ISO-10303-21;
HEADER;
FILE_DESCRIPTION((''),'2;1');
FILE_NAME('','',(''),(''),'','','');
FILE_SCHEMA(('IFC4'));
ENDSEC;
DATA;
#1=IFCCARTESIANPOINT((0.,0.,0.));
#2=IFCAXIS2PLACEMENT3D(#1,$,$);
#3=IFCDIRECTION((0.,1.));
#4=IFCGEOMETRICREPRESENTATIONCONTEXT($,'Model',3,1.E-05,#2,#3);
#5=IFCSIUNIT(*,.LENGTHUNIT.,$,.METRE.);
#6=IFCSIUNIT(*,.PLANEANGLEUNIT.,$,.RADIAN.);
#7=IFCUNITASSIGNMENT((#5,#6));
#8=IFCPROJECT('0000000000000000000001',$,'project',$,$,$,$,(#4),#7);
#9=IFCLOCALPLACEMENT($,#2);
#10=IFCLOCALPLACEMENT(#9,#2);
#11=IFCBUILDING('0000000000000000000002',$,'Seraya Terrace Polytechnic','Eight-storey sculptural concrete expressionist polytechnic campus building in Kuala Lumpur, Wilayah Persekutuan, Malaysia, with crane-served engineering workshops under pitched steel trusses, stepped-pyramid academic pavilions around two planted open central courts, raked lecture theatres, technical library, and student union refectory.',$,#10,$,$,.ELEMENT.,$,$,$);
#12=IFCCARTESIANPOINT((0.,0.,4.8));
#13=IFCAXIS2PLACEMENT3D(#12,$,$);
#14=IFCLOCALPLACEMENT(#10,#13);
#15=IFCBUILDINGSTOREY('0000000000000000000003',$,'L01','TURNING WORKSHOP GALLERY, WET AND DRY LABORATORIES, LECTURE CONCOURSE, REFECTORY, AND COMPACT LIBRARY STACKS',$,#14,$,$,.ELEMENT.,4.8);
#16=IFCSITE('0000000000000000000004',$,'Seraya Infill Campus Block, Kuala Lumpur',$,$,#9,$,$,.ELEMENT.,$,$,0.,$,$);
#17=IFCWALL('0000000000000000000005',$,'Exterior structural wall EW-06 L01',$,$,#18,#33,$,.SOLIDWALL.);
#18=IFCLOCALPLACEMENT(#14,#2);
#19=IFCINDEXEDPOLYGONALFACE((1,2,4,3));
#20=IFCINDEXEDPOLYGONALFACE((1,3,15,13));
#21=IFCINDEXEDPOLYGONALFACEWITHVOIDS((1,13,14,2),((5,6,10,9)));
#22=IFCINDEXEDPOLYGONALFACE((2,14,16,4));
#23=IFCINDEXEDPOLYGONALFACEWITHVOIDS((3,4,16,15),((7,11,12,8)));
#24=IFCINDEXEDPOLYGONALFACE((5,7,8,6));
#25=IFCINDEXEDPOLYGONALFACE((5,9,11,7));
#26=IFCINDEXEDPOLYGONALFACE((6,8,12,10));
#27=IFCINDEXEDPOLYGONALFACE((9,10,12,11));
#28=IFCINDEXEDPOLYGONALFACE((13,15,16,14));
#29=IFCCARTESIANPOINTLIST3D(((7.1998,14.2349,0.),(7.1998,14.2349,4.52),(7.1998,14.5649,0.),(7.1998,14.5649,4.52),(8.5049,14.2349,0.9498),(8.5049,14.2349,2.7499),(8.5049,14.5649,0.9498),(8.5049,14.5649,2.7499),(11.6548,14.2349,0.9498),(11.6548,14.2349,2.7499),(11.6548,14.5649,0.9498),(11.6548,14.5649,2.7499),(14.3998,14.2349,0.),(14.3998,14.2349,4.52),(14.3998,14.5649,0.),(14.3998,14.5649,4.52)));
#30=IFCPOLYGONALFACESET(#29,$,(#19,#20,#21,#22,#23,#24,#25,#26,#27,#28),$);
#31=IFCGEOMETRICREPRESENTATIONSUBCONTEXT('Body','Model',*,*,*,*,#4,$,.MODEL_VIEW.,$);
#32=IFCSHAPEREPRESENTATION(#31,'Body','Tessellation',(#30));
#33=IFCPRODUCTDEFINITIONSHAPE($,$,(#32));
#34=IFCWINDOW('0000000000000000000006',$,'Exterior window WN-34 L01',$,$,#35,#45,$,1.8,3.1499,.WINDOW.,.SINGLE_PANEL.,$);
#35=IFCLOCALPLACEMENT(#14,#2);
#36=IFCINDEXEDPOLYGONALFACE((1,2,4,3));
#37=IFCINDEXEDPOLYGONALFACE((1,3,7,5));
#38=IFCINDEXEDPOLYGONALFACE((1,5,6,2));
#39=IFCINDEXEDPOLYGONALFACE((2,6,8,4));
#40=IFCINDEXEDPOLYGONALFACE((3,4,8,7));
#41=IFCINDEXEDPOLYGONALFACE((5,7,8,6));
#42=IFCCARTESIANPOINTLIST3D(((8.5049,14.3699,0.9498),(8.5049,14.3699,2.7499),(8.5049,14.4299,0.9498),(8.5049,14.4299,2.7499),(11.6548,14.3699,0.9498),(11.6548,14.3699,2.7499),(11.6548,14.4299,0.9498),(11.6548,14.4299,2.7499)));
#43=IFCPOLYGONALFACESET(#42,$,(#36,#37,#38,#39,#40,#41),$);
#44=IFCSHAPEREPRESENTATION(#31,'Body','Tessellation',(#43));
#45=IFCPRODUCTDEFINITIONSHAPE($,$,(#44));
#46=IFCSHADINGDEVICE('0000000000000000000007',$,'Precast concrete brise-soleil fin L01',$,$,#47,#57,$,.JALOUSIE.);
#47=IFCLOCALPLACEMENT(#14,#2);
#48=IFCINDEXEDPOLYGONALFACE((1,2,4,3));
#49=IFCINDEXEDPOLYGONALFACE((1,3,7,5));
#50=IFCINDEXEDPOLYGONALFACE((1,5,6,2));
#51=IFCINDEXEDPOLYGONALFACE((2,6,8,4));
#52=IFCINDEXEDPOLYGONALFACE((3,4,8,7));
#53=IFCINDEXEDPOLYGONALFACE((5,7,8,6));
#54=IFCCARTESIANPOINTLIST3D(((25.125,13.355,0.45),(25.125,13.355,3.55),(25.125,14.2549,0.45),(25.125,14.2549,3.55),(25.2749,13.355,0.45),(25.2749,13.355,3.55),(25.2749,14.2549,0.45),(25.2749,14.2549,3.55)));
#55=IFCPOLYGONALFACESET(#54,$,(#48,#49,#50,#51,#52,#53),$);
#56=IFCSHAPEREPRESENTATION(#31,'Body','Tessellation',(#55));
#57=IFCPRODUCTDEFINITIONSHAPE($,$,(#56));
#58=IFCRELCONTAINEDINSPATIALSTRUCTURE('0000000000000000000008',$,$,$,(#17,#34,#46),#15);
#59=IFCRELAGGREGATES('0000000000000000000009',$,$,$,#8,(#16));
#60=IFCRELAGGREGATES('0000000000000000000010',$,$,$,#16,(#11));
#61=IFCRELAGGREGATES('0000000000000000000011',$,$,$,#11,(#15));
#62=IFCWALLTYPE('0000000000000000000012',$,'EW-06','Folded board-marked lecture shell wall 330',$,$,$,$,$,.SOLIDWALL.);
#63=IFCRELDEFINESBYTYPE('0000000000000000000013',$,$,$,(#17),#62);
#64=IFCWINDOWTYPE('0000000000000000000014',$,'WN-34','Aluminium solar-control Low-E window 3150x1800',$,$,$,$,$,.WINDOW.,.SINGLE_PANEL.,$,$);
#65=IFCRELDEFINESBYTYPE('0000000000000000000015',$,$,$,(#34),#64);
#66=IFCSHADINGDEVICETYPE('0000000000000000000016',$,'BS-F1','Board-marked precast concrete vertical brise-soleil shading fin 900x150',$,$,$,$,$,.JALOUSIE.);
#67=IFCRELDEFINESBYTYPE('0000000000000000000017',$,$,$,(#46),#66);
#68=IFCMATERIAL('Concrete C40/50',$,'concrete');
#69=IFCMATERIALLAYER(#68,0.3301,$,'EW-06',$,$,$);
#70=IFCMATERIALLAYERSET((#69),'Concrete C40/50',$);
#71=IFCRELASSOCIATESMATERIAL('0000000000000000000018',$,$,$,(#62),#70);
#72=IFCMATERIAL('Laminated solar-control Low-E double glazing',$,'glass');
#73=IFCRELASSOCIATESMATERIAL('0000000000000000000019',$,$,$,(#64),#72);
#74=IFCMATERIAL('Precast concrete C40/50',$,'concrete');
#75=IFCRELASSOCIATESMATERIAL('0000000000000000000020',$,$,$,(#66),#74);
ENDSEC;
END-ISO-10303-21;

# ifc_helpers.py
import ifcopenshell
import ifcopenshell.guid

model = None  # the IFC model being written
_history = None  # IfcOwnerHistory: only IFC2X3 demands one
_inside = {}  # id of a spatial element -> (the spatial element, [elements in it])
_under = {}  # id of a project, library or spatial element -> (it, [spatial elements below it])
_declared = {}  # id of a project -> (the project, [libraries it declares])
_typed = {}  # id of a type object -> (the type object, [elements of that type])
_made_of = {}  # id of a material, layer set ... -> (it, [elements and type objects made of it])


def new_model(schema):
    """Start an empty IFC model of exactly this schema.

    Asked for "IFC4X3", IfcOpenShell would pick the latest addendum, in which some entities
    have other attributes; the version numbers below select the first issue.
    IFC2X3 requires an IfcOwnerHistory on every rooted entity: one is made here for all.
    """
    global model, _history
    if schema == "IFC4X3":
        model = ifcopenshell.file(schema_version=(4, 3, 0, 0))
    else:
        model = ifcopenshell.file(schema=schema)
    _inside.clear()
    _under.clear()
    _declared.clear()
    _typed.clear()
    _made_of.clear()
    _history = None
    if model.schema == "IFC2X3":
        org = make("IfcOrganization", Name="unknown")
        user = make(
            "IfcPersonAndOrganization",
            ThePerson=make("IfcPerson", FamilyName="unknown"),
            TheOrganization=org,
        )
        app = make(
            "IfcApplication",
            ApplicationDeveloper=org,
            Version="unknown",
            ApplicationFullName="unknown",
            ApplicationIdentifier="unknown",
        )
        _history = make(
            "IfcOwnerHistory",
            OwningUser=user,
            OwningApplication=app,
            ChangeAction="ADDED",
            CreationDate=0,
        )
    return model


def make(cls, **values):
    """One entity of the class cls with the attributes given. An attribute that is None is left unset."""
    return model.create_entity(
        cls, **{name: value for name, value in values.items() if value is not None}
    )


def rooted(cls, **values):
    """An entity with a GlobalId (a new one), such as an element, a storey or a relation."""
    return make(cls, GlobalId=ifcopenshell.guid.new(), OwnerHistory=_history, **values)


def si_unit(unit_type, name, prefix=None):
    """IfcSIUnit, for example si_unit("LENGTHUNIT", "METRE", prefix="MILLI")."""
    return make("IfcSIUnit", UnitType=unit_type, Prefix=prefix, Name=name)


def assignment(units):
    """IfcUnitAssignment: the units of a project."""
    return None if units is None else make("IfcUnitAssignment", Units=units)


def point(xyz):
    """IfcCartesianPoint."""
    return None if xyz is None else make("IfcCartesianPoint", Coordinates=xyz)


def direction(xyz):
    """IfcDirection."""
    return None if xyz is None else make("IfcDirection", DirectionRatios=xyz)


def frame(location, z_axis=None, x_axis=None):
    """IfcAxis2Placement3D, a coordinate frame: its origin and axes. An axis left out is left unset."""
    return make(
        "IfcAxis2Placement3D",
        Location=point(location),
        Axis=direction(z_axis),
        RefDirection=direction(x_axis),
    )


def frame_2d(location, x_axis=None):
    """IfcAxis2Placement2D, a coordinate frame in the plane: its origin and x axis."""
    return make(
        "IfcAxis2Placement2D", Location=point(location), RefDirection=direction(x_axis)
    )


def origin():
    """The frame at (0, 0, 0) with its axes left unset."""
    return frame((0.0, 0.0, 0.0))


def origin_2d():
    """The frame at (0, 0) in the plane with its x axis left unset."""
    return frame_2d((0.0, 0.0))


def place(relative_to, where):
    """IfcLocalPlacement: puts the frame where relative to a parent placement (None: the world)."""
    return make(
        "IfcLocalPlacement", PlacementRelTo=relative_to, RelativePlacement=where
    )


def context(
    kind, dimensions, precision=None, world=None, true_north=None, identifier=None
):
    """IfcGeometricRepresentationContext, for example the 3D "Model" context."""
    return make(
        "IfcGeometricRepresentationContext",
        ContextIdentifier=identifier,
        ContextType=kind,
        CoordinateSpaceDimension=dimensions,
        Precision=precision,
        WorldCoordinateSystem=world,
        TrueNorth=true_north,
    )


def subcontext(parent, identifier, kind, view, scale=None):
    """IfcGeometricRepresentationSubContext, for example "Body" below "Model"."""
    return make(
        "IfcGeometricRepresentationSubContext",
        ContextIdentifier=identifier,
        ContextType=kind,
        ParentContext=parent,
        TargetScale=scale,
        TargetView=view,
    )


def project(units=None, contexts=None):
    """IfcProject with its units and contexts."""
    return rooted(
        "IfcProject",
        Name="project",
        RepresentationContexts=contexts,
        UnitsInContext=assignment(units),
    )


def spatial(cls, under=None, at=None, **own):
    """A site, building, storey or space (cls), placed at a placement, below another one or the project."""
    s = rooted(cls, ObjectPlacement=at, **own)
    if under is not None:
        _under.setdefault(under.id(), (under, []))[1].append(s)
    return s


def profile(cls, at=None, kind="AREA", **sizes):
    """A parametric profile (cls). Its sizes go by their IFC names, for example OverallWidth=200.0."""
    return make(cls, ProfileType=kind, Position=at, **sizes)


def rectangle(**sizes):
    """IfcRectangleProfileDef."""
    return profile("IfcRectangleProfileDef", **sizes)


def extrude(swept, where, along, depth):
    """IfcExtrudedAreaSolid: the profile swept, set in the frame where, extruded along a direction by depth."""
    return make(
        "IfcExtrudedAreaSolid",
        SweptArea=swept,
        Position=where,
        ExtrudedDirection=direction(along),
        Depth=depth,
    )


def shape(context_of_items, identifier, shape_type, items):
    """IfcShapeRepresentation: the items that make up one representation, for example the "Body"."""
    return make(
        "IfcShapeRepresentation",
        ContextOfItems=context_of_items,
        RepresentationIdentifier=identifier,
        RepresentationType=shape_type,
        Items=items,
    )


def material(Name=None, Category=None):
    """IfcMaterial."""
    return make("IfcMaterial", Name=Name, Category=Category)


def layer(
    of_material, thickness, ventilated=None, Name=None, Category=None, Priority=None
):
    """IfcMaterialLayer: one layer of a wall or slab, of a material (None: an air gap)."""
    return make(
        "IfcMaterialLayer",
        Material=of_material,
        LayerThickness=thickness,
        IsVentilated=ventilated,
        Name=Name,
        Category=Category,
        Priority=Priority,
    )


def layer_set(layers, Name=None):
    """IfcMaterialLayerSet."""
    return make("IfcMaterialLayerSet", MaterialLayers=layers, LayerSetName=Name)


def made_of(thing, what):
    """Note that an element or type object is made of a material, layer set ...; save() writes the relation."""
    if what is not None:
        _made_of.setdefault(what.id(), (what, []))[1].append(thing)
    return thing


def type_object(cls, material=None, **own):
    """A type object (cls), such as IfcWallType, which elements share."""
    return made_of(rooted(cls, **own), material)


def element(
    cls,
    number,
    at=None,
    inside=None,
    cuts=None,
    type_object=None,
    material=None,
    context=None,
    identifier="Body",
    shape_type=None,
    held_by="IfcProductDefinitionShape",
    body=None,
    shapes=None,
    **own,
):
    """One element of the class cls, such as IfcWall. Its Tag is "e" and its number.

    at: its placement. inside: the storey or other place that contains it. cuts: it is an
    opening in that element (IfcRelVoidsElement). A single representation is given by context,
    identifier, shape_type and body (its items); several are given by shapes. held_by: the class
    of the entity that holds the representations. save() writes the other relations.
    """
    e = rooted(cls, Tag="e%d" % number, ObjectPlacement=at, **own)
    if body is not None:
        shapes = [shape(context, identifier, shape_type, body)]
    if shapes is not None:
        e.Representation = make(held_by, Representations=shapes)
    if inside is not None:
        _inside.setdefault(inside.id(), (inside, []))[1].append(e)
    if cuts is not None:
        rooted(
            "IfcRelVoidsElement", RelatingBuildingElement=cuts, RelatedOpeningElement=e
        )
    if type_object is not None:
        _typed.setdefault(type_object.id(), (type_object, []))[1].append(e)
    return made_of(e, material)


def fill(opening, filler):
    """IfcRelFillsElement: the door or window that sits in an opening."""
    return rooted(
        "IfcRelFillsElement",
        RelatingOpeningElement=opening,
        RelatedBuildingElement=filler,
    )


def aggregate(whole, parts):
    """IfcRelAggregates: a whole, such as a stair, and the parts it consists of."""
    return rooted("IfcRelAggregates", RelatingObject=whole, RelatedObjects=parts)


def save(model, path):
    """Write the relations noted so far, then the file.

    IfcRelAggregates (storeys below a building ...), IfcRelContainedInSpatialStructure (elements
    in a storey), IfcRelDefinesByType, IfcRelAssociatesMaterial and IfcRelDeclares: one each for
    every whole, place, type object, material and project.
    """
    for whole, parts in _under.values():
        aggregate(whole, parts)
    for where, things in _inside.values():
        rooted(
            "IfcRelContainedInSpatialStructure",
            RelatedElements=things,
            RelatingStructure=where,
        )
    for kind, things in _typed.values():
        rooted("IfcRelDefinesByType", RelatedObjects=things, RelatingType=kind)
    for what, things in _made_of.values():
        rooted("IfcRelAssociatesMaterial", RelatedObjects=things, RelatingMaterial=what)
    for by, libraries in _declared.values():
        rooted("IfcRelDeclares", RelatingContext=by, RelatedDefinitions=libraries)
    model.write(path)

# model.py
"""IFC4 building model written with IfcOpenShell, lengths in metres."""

from ifc_helpers import new_model, si_unit, direction, frame, frame_2d, origin, origin_2d, place, context, subcontext, project, spatial, rectangle, extrude, material, layer, layer_set, type_object, element, fill, save


model = new_model("IFC4")

# Units and contexts
model_context = context("Model", 3, precision=1e-05, world=origin(), true_north=direction((0.0, 1.0)))
body_context = subcontext(model_context, "Body", "Model", "MODEL_VIEW")
ifc_project = project(units=[si_unit("LENGTHUNIT", "METRE"), si_unit("PLANEANGLEUNIT", "RADIAN")], contexts=[model_context])

# Site, building, storey
site_placement = place(None, origin())
site = spatial("IfcSite", under=ifc_project, at=site_placement, Name="Seraya Infill Campus Block, Kuala Lumpur", CompositionType="ELEMENT", RefElevation=0.0)
building_placement = place(site_placement, origin())
building = spatial("IfcBuilding", under=site, at=building_placement, Name="Seraya Terrace Polytechnic", Description="Eight-storey sculptural concrete expressionist polytechnic campus building in Kuala Lumpur, Wilayah Persekutuan, Malaysia, with crane-served engineering workshops under pitched steel trusses, stepped-pyramid academic pavilions around two planted open central courts, raked lecture theatres, technical library, and student union refectory.", CompositionType="ELEMENT")
storey_placement = place(building_placement, frame((0.0, 0.0, 4.8)))
storey = spatial("IfcBuildingStorey", under=building, at=storey_placement, Name="L01", Description="TURNING WORKSHOP GALLERY, WET AND DRY LABORATORIES, LECTURE CONCOURSE, REFECTORY, AND COMPACT LIBRARY STACKS", CompositionType="ELEMENT", Elevation=4.8)

# Shared definitions
ifc_material_1 = material(Name="Concrete C40/50", Category="concrete")

# Shared definitions
ifc_layer = layer(ifc_material_1, 0.3301, Name="EW-06")
ifc_layer_set = layer_set([ifc_layer], Name="Concrete C40/50")
wall_type = type_object("IfcWallType", Name="EW-06", Description="Folded board-marked lecture shell wall 330", PredefinedType="SOLIDWALL", material=ifc_layer_set)

# Wall, opening, window
wall_1_placement = place(storey_placement, frame((14.3999, 14.3999, 0.0), z_axis=(0.0, 0.0, 1.0), x_axis=(-1.0, 0.0, 0.0)))
wall_1 = element("IfcWall", 1, at=wall_1_placement, inside=storey, type_object=wall_type, Name="Exterior structural wall EW-06 L01", PredefinedType="SOLIDWALL", context=body_context, shape_type="SweptSolid", body=[
    extrude(rectangle(XDim=7.2, YDim=0.3301, at=frame_2d((3.6001, 0.0))), origin(), (0.0, 0.0, 1.0), 4.52),
])
opening_placement = place(wall_1_placement, frame((2.7451, 0.0, 0.95)))
opening = element("IfcOpeningElement", 2, at=opening_placement, cuts=wall_1, PredefinedType="OPENING", context=body_context, shape_type="SweptSolid", body=[
    extrude(rectangle(XDim=3.1499, YDim=1.8, at=frame_2d((1.575, 0.8999))), frame((0.0, 0.177, 0.0), z_axis=(0.0, -1.0, 0.0), x_axis=(1.0, 0.0, 0.0)), (0.0, 0.0, 1.0), 0.354),
])
ifc_material_2 = material(Name="Laminated solar-control Low-E double glazing", Category="glass")
window_type = type_object("IfcWindowType", Name="WN-34", Description="Aluminium solar-control Low-E window 3150x1800", PartitioningType="SINGLE_PANEL", PredefinedType="WINDOW", material=ifc_material_2)
window_placement = place(opening_placement, origin())
window = element("IfcWindow", 3, at=window_placement, inside=storey, type_object=window_type, Name="Exterior window WN-34 L01", OverallHeight=1.8, OverallWidth=3.1499, PartitioningType="SINGLE_PANEL", PredefinedType="WINDOW", context=body_context, shape_type="SweptSolid", body=[
    extrude(rectangle(XDim=3.1499, YDim=1.8, at=frame_2d((1.575, 0.8999))), frame((0.0, 0.03, 0.0), z_axis=(0.0, -1.0, 0.0), x_axis=(1.0, 0.0, 0.0)), (0.0, 0.0, 1.0), 0.0601),
])
fill(opening, window)

# Shading device
ifc_material_3 = material(Name="Precast concrete C40/50", Category="concrete")
shading_device_type = type_object("IfcShadingDeviceType", Name="BS-F1", Description="Board-marked precast concrete vertical brise-soleil shading fin 900x150", PredefinedType="JALOUSIE", material=ifc_material_3)
shading_device_placement = place(storey_placement, frame((25.2, 13.8049, 0.45), z_axis=(0.0, 0.0, 1.0), x_axis=(0.0, -1.0, 0.0)))
element("IfcShadingDevice", 4, at=shading_device_placement, inside=storey, type_object=shading_device_type, Name="Precast concrete brise-soleil fin L01", PredefinedType="JALOUSIE", context=body_context, shape_type="SweptSolid", body=[
    extrude(rectangle(XDim=0.8999, YDim=0.1499, at=origin_2d()), origin(), (0.0, 0.0, 1.0), 3.1001),
])

save(model, "model.ifc")
